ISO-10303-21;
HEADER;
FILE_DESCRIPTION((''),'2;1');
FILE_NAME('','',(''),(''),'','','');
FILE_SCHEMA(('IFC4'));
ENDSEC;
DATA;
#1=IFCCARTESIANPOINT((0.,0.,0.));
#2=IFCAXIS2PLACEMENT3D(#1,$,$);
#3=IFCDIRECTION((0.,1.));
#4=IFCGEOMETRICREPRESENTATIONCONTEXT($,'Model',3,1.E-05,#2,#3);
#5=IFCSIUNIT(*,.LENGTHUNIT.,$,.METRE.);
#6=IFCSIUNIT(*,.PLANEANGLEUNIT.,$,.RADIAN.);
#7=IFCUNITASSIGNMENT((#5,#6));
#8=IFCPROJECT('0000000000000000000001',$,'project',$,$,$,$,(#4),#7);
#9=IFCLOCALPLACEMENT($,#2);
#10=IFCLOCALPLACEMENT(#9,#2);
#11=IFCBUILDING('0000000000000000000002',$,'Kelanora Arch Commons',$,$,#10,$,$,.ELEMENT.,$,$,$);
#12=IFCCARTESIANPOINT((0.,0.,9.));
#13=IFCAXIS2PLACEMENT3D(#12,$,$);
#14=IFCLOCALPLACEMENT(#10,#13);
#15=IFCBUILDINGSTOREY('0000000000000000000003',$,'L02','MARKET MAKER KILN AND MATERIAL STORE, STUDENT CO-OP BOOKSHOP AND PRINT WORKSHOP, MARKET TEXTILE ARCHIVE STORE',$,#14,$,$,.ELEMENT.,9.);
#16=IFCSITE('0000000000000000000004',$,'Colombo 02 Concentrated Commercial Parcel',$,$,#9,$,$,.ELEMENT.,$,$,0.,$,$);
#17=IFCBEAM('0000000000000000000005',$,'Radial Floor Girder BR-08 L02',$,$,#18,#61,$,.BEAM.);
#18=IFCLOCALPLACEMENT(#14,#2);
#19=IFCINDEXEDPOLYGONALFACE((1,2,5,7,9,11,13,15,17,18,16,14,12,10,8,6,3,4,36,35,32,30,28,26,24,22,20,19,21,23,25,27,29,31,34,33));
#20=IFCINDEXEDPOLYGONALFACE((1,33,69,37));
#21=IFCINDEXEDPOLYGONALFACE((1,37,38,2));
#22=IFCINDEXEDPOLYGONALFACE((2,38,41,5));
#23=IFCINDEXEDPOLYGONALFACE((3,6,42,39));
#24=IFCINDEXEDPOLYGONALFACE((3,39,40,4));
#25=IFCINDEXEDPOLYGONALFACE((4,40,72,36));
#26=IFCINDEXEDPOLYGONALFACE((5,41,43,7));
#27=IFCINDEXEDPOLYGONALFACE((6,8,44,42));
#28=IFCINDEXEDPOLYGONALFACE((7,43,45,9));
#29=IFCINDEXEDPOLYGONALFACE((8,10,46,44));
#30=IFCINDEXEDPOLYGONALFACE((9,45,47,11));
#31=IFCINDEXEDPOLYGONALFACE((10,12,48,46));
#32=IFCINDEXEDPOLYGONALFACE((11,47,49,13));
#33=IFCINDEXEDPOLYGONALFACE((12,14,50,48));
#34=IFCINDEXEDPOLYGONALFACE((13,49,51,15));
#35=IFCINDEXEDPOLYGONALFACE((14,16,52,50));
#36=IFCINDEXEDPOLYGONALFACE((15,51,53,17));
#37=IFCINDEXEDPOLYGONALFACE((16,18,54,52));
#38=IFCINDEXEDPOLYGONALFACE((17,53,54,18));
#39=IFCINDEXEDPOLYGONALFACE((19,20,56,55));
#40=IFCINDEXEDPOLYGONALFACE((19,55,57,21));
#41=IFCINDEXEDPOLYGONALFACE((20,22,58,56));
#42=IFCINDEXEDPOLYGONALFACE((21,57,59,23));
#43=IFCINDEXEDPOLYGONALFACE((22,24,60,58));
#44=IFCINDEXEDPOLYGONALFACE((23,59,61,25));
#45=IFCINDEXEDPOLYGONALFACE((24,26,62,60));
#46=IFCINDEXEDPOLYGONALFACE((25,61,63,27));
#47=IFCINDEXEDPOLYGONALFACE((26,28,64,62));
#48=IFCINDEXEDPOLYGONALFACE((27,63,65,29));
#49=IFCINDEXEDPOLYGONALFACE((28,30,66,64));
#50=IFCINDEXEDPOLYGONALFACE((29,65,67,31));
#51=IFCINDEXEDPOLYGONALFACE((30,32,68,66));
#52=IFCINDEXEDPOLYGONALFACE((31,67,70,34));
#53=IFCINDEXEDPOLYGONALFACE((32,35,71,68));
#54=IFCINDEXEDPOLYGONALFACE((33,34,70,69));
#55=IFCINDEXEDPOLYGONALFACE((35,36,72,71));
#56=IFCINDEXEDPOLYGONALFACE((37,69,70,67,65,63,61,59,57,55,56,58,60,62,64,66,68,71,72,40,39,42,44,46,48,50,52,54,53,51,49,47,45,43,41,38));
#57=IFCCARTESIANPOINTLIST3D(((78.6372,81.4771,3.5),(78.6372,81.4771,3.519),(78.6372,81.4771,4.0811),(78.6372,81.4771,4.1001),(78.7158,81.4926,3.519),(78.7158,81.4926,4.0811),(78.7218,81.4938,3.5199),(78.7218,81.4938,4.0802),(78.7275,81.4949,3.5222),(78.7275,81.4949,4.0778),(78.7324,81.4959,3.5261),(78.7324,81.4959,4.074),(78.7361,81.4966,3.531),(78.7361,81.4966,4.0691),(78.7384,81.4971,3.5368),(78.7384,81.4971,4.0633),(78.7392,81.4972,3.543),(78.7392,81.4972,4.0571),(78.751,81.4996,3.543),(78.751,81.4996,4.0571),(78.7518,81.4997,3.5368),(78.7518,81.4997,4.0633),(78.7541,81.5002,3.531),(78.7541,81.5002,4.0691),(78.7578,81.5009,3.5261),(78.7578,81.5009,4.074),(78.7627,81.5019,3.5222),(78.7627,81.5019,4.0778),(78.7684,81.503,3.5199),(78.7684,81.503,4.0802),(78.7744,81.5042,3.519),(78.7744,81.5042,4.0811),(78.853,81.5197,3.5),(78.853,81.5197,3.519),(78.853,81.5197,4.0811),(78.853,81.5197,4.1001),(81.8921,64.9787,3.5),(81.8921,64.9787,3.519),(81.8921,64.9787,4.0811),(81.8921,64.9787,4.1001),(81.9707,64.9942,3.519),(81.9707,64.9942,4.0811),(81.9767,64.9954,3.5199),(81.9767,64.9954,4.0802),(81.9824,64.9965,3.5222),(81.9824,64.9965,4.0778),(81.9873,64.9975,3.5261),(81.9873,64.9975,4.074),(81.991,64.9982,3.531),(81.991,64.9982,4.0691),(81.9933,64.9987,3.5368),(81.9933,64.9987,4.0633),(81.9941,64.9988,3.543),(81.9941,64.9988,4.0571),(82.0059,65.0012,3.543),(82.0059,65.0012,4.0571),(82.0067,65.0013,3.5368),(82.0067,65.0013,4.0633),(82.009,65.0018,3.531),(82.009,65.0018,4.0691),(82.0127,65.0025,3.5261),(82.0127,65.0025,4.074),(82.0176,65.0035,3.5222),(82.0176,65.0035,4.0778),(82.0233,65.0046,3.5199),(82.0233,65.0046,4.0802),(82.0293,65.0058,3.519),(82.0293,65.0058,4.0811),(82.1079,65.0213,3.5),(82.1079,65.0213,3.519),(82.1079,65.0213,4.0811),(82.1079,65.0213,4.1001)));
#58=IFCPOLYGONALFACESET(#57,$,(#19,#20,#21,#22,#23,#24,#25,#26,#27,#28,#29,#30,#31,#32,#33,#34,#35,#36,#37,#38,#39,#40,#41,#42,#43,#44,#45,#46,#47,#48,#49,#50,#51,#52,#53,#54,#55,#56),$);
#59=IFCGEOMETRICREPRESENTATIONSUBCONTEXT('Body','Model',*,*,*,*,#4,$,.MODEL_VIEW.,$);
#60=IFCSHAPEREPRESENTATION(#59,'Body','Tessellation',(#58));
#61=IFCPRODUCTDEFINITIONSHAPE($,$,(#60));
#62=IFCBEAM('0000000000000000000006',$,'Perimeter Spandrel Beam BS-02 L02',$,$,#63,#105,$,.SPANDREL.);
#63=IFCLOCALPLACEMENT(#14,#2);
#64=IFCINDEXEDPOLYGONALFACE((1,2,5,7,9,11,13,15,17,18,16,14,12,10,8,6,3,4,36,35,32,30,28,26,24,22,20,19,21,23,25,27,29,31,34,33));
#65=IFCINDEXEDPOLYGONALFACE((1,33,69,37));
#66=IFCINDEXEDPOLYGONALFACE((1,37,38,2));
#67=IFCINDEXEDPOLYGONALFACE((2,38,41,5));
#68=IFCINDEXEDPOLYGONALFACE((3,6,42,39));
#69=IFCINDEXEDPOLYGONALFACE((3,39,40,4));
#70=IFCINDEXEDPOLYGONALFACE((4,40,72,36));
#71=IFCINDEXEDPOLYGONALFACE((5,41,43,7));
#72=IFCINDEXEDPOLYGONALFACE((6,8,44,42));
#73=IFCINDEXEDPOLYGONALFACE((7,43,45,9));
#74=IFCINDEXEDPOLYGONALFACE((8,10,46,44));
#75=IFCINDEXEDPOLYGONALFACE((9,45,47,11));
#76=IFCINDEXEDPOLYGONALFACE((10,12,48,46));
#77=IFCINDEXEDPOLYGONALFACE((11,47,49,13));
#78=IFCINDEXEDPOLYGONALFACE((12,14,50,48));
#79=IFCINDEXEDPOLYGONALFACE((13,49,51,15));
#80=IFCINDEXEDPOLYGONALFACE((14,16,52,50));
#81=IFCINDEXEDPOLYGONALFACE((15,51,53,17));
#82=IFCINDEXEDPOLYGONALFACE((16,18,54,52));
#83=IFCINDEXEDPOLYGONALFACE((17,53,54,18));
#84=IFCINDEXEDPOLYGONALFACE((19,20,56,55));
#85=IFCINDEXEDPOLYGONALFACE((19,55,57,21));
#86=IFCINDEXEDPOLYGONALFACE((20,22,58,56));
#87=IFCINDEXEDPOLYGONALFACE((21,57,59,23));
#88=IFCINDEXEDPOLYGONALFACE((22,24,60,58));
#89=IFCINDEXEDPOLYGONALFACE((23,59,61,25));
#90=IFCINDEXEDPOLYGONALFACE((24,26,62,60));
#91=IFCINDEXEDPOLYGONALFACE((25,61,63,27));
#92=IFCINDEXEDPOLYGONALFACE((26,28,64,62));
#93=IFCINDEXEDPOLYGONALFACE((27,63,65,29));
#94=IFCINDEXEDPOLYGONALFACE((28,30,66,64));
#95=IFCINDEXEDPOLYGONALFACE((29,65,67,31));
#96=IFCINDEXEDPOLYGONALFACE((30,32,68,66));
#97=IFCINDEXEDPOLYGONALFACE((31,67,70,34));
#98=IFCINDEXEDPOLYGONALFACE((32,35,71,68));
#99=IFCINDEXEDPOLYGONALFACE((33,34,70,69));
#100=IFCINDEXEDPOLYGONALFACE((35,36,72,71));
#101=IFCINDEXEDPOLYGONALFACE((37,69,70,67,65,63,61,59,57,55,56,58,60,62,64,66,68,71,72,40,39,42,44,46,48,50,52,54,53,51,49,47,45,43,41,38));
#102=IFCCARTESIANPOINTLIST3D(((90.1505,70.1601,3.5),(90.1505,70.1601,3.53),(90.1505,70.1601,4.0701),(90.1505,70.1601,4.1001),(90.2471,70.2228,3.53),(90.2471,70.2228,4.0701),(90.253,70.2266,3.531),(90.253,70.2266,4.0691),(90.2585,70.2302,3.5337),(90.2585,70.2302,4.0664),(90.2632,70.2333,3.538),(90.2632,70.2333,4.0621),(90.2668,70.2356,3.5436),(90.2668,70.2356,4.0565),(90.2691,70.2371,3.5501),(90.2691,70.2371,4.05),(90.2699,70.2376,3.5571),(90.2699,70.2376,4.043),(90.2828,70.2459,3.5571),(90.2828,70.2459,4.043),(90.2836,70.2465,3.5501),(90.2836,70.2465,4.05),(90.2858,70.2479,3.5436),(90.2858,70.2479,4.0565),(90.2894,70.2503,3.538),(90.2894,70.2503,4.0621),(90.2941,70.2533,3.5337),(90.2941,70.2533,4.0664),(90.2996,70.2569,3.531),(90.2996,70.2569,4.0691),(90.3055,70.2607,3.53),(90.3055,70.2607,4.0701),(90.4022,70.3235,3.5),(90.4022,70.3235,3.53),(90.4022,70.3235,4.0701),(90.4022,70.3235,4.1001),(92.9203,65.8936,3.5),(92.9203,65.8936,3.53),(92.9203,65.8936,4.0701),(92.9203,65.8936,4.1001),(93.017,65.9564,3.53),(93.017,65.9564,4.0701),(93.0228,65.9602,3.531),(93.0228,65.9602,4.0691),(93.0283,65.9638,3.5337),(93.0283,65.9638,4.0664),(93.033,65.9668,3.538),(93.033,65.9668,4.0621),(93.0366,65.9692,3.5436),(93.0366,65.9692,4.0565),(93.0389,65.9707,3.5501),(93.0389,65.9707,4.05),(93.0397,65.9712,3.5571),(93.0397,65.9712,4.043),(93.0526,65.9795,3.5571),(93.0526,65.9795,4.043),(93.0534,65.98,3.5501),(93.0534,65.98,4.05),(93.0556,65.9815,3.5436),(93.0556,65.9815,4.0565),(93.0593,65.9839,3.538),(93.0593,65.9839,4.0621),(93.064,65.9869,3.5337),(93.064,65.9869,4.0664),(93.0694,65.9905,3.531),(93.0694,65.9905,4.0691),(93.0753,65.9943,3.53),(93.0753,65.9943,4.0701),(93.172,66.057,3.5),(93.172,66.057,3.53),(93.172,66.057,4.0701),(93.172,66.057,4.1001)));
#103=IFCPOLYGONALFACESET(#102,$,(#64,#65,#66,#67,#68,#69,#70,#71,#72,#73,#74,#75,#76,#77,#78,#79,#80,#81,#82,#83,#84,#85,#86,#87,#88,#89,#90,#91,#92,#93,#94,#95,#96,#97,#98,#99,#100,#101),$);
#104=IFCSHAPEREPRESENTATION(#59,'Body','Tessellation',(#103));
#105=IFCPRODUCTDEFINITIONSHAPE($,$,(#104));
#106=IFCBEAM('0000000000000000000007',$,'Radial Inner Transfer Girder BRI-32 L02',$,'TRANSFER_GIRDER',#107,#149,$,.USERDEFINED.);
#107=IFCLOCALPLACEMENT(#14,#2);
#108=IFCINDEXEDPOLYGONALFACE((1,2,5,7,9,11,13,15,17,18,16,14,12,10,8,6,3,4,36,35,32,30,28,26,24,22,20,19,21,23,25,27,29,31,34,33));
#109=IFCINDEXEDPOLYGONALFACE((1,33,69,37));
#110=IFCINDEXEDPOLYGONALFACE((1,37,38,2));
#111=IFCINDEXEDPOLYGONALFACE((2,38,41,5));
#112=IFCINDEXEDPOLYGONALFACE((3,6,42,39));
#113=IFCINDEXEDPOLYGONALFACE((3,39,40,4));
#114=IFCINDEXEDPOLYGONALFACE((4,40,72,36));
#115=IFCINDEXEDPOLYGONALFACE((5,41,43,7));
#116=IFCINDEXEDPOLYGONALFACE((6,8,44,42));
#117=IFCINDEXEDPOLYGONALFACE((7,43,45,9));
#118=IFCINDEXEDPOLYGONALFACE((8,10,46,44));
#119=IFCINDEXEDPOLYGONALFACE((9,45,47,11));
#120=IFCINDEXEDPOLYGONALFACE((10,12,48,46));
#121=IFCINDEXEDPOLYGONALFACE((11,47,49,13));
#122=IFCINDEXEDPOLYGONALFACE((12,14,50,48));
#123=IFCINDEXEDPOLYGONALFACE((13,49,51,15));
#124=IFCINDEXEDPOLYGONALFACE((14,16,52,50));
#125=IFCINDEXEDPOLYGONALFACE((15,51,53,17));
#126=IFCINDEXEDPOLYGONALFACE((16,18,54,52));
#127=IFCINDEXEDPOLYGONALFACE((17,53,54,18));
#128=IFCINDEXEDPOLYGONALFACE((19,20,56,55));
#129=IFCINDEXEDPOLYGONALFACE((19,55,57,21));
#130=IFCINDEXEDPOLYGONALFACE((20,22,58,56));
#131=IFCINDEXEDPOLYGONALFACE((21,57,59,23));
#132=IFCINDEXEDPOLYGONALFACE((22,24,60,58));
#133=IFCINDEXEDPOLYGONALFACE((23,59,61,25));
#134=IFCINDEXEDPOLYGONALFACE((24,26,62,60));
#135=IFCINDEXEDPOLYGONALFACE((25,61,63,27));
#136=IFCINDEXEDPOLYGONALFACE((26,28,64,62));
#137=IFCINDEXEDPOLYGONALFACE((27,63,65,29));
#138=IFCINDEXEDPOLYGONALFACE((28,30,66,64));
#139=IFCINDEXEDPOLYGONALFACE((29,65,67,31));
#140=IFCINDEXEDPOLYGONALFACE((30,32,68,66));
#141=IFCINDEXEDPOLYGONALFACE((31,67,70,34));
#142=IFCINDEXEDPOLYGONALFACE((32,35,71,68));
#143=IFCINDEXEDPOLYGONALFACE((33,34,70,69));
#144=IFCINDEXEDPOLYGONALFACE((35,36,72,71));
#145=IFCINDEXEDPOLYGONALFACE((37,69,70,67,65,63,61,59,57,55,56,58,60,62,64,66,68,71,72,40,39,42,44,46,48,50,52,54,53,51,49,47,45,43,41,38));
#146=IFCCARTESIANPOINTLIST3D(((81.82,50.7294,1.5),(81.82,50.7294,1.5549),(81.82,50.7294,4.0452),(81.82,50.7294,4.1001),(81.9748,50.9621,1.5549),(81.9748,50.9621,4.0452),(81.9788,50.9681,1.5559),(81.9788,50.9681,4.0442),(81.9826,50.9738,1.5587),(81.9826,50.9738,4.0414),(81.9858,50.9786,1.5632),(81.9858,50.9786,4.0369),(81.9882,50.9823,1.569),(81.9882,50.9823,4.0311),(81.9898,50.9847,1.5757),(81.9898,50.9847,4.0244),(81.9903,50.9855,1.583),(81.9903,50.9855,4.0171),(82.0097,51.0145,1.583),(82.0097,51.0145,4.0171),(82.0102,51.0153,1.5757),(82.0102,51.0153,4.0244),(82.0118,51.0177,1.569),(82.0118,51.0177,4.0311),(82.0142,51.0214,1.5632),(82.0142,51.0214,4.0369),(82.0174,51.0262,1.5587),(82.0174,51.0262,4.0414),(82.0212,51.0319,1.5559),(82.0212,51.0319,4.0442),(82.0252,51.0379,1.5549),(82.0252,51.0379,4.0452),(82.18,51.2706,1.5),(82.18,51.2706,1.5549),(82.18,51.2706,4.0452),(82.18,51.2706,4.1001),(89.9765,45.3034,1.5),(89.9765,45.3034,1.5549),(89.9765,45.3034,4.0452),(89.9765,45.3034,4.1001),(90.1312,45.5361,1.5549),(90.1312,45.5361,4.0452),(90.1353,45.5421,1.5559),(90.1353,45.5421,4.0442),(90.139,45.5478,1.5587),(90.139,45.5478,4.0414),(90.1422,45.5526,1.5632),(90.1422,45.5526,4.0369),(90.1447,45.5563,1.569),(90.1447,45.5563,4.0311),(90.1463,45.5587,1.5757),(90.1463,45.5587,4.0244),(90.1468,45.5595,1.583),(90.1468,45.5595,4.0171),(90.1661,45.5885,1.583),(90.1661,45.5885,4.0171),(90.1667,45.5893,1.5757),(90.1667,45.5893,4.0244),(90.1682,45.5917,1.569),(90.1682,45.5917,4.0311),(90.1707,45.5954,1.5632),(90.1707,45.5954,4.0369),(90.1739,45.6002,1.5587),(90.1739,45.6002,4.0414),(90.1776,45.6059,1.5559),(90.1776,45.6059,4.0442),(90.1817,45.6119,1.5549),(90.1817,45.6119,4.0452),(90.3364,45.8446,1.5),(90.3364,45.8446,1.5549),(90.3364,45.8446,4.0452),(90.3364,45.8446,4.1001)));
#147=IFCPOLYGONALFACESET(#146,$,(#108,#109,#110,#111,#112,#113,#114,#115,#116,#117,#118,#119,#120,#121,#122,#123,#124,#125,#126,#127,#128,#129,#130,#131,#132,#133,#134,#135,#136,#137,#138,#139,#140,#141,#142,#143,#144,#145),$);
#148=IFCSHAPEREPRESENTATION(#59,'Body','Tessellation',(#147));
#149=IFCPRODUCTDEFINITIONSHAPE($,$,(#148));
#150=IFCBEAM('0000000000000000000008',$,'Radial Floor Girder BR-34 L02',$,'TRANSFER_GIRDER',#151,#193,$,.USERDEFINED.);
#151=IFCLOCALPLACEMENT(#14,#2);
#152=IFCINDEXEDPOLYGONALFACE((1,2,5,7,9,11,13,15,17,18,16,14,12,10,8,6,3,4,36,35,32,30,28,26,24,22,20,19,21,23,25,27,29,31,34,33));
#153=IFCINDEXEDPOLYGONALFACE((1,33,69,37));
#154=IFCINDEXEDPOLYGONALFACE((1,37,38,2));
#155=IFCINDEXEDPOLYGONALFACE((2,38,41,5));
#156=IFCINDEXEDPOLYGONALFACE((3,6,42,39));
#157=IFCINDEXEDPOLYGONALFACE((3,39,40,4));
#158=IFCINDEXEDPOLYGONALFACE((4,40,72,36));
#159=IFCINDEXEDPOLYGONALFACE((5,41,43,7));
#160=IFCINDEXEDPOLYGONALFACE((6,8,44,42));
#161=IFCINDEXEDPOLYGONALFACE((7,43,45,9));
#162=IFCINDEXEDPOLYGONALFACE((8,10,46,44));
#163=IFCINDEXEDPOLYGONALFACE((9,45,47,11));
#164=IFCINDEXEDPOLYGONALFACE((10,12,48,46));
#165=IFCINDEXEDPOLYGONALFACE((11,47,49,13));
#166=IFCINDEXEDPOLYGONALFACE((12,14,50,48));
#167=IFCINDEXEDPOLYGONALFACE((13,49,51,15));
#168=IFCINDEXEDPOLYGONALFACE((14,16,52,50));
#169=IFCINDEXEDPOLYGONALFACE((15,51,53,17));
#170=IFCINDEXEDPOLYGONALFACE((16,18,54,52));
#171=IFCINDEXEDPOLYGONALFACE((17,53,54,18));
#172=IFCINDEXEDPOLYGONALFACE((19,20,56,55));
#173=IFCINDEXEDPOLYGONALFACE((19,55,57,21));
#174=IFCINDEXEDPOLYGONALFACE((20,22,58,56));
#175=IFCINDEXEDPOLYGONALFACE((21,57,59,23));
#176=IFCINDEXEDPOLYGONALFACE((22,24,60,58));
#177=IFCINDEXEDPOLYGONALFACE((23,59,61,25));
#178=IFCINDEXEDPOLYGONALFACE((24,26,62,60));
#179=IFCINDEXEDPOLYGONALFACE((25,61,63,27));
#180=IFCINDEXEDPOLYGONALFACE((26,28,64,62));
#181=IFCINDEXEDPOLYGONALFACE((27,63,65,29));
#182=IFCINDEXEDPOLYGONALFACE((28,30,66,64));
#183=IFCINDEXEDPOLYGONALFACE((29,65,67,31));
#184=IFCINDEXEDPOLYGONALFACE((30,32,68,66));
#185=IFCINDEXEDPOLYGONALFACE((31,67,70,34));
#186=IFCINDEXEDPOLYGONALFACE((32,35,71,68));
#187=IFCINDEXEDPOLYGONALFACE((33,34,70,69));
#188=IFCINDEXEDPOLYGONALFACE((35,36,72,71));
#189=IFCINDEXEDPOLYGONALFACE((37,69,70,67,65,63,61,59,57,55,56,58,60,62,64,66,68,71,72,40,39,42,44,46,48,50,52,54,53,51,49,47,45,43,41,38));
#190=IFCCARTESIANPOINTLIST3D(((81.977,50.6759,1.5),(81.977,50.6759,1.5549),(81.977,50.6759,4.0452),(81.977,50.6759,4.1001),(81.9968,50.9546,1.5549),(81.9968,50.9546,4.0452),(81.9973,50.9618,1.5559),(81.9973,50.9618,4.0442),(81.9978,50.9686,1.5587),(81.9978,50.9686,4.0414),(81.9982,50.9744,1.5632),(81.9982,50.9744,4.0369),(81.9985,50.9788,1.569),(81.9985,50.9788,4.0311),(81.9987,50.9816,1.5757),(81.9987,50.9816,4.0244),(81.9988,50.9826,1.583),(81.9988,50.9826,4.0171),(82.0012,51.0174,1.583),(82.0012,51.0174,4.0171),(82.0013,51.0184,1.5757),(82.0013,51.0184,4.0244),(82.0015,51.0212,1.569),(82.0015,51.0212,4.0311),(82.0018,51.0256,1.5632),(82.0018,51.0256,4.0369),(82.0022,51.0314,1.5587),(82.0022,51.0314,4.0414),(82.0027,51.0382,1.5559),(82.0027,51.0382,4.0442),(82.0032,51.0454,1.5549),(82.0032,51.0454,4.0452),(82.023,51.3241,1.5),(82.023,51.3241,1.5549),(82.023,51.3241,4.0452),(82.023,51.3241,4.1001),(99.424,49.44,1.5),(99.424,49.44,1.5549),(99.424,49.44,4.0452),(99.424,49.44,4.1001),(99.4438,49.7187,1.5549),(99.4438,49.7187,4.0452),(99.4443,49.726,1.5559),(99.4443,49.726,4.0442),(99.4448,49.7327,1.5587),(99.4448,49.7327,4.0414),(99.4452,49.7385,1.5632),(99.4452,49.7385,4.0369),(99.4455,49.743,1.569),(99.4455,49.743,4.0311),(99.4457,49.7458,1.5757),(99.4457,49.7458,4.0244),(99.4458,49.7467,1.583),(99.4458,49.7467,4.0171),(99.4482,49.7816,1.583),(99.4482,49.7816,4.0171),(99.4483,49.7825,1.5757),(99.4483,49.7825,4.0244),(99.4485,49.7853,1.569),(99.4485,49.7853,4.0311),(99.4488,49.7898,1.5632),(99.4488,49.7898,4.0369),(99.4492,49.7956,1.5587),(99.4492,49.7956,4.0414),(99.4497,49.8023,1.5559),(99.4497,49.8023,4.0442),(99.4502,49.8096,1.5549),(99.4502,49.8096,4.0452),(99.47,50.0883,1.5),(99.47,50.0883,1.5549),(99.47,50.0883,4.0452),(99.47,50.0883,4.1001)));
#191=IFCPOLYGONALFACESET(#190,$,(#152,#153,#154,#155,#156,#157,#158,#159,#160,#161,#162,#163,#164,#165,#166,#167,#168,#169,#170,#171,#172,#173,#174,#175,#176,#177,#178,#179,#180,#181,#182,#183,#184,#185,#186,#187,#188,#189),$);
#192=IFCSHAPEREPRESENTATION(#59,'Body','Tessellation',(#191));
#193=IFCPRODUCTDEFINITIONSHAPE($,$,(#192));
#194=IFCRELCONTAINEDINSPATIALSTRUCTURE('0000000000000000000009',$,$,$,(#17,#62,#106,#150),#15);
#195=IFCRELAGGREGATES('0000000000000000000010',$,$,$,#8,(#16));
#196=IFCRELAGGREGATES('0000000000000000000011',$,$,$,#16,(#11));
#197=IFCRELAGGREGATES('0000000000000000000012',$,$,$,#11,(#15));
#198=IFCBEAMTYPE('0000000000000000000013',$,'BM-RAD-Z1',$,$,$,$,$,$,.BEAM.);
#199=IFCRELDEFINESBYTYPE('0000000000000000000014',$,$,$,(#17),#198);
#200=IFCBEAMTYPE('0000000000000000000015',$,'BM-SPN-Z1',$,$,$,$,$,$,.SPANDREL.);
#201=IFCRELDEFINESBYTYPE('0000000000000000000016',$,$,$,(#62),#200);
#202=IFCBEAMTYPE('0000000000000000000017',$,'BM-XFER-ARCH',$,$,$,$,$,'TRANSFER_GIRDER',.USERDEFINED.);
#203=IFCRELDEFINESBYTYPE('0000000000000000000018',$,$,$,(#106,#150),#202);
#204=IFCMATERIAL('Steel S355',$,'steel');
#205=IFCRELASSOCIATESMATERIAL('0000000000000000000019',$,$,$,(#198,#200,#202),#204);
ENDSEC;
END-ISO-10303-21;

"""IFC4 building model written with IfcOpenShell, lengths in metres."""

from ifc_helpers import new_model, si_unit, direction, frame, origin, origin_2d, place, context, subcontext, project, spatial, i_section, extrude, material, material_profile, profile_set, type_object, element, save


model = new_model("IFC4")

# Units and contexts
model_context = context("Model", 3, precision=1e-05, world=origin(), true_north=direction((0.0, 1.0)))
body_context = subcontext(model_context, "Body", "Model", "MODEL_VIEW")
ifc_project = project(units=[si_unit("LENGTHUNIT", "METRE"), si_unit("PLANEANGLEUNIT", "RADIAN")], contexts=[model_context])

# Site, building, storey
site_placement = place(None, origin())
site = spatial("IfcSite", under=ifc_project, at=site_placement, Name="Colombo 02 Concentrated Commercial Parcel", CompositionType="ELEMENT", RefElevation=0.0)
building_placement = place(site_placement, origin())
building = spatial("IfcBuilding", under=site, at=building_placement, Name="Kelanora Arch Commons", CompositionType="ELEMENT")
storey_placement = place(building_placement, frame((0.0, 0.0, 9.0)))
storey = spatial("IfcBuildingStorey", under=building, at=storey_placement, Name="L02", Description="MARKET MAKER KILN AND MATERIAL STORE, STUDENT CO-OP BOOKSHOP AND PRINT WORKSHOP, MARKET TEXTILE ARCHIVE STORE", CompositionType="ELEMENT", Elevation=9.0)

# Shared definitions
ifc_material_1 = material(Name="Steel S355", Category="steel")

# Beams
ifc_material_profile_1 = material_profile(ifc_material_1, i_section(OverallWidth=0.22, OverallDepth=0.6001, WebThickness=0.012, FlangeThickness=0.019, FilletRadius=0.0239, at=origin_2d()), Name="IPE600")
ifc_profile_set_1 = profile_set([ifc_material_profile_1], Name="Steel S355")
beam_type_1 = type_object("IfcBeamType", Name="BM-RAD-Z1", PredefinedType="BEAM", material=ifc_profile_set_1)
beam_1_placement = place(storey_placement, frame((82.0, 65.0, 3.8), z_axis=(-0.193555, 0.981089, 0.0), x_axis=(-0.981089, -0.193555, 0.0)))
element("IfcBeam", 1, at=beam_1_placement, inside=storey, type_object=beam_type_1, Name="Radial Floor Girder BR-08 L02", PredefinedType="BEAM", context=body_context, shape_type="SweptSolid", body=[
    extrude(i_section(OverallWidth=0.22, OverallDepth=0.6001, WebThickness=0.012, FlangeThickness=0.019, FilletRadius=0.0239, at=origin_2d()), origin(), (0.0, 0.0, 1.0), 16.8164),
])
ifc_material_profile_2 = material_profile(ifc_material_1, i_section(OverallWidth=0.3, OverallDepth=0.6001, WebThickness=0.0154, FlangeThickness=0.03, FilletRadius=0.0271, at=origin_2d()), Name="HEB600")
ifc_profile_set_2 = profile_set([ifc_material_profile_2], Name="Steel S355")
beam_type_2 = type_object("IfcBeamType", Name="BM-SPN-Z1", PredefinedType="SPANDREL", material=ifc_profile_set_2)
beam_2_placement = place(storey_placement, frame((93.0461, 65.9753, 3.8), z_axis=(-0.544524, 0.838745, 0.0), x_axis=(-0.838745, -0.544524, 0.0)))
element("IfcBeam", 2, at=beam_2_placement, inside=storey, type_object=beam_type_2, Name="Perimeter Spandrel Beam BS-02 L02", PredefinedType="SPANDREL", context=body_context, shape_type="SweptSolid", body=[
    extrude(i_section(OverallWidth=0.3, OverallDepth=0.6001, WebThickness=0.0154, FlangeThickness=0.03, FilletRadius=0.0271, at=origin_2d()), origin(), (0.0, 0.0, 1.0), 5.0867),
])
ifc_material_profile_3 = material_profile(ifc_material_1, i_section(OverallWidth=0.6499, OverallDepth=2.6001, WebThickness=0.0349, FlangeThickness=0.0549, FilletRadius=0.0281, at=origin_2d()), Name="PG2600x650")
ifc_profile_set_3 = profile_set([ifc_material_profile_3], Name="Steel S355")
beam_type_3 = type_object("IfcBeamType", Name="BM-XFER-ARCH", ElementType="TRANSFER_GIRDER", PredefinedType="USERDEFINED", material=ifc_profile_set_3)
beam_3_placement = place(storey_placement, frame((82.0, 51.0, 2.8), z_axis=(0.832598, -0.553878, 0.0), x_axis=(0.553878, 0.832598, 0.0)))
element("IfcBeam", 3, at=beam_3_placement, inside=storey, type_object=beam_type_3, Name="Radial Inner Transfer Girder BRI-32 L02", ObjectType="TRANSFER_GIRDER", PredefinedType="USERDEFINED", context=body_context, shape_type="SweptSolid", body=[
    extrude(i_section(OverallWidth=0.6499, OverallDepth=2.6001, WebThickness=0.0349, FlangeThickness=0.0549, FilletRadius=0.0281, at=origin_2d()), origin(), (0.0, 0.0, 1.0), 9.7964),
])
beam_4_placement = place(storey_placement, frame((82.0, 51.0, 2.8), z_axis=(0.997501, -0.070657, 0.0), x_axis=(0.070657, 0.997501, 0.0)))
element("IfcBeam", 4, at=beam_4_placement, inside=storey, type_object=beam_type_3, Name="Radial Floor Girder BR-34 L02", ObjectType="TRANSFER_GIRDER", PredefinedType="USERDEFINED", context=body_context, shape_type="SweptSolid", body=[
    extrude(i_section(OverallWidth=0.6499, OverallDepth=2.6001, WebThickness=0.0349, FlangeThickness=0.0549, FilletRadius=0.0281, at=origin_2d()), origin(), (0.0, 0.0, 1.0), 17.4907),
])

save(model, "model.ifc")
